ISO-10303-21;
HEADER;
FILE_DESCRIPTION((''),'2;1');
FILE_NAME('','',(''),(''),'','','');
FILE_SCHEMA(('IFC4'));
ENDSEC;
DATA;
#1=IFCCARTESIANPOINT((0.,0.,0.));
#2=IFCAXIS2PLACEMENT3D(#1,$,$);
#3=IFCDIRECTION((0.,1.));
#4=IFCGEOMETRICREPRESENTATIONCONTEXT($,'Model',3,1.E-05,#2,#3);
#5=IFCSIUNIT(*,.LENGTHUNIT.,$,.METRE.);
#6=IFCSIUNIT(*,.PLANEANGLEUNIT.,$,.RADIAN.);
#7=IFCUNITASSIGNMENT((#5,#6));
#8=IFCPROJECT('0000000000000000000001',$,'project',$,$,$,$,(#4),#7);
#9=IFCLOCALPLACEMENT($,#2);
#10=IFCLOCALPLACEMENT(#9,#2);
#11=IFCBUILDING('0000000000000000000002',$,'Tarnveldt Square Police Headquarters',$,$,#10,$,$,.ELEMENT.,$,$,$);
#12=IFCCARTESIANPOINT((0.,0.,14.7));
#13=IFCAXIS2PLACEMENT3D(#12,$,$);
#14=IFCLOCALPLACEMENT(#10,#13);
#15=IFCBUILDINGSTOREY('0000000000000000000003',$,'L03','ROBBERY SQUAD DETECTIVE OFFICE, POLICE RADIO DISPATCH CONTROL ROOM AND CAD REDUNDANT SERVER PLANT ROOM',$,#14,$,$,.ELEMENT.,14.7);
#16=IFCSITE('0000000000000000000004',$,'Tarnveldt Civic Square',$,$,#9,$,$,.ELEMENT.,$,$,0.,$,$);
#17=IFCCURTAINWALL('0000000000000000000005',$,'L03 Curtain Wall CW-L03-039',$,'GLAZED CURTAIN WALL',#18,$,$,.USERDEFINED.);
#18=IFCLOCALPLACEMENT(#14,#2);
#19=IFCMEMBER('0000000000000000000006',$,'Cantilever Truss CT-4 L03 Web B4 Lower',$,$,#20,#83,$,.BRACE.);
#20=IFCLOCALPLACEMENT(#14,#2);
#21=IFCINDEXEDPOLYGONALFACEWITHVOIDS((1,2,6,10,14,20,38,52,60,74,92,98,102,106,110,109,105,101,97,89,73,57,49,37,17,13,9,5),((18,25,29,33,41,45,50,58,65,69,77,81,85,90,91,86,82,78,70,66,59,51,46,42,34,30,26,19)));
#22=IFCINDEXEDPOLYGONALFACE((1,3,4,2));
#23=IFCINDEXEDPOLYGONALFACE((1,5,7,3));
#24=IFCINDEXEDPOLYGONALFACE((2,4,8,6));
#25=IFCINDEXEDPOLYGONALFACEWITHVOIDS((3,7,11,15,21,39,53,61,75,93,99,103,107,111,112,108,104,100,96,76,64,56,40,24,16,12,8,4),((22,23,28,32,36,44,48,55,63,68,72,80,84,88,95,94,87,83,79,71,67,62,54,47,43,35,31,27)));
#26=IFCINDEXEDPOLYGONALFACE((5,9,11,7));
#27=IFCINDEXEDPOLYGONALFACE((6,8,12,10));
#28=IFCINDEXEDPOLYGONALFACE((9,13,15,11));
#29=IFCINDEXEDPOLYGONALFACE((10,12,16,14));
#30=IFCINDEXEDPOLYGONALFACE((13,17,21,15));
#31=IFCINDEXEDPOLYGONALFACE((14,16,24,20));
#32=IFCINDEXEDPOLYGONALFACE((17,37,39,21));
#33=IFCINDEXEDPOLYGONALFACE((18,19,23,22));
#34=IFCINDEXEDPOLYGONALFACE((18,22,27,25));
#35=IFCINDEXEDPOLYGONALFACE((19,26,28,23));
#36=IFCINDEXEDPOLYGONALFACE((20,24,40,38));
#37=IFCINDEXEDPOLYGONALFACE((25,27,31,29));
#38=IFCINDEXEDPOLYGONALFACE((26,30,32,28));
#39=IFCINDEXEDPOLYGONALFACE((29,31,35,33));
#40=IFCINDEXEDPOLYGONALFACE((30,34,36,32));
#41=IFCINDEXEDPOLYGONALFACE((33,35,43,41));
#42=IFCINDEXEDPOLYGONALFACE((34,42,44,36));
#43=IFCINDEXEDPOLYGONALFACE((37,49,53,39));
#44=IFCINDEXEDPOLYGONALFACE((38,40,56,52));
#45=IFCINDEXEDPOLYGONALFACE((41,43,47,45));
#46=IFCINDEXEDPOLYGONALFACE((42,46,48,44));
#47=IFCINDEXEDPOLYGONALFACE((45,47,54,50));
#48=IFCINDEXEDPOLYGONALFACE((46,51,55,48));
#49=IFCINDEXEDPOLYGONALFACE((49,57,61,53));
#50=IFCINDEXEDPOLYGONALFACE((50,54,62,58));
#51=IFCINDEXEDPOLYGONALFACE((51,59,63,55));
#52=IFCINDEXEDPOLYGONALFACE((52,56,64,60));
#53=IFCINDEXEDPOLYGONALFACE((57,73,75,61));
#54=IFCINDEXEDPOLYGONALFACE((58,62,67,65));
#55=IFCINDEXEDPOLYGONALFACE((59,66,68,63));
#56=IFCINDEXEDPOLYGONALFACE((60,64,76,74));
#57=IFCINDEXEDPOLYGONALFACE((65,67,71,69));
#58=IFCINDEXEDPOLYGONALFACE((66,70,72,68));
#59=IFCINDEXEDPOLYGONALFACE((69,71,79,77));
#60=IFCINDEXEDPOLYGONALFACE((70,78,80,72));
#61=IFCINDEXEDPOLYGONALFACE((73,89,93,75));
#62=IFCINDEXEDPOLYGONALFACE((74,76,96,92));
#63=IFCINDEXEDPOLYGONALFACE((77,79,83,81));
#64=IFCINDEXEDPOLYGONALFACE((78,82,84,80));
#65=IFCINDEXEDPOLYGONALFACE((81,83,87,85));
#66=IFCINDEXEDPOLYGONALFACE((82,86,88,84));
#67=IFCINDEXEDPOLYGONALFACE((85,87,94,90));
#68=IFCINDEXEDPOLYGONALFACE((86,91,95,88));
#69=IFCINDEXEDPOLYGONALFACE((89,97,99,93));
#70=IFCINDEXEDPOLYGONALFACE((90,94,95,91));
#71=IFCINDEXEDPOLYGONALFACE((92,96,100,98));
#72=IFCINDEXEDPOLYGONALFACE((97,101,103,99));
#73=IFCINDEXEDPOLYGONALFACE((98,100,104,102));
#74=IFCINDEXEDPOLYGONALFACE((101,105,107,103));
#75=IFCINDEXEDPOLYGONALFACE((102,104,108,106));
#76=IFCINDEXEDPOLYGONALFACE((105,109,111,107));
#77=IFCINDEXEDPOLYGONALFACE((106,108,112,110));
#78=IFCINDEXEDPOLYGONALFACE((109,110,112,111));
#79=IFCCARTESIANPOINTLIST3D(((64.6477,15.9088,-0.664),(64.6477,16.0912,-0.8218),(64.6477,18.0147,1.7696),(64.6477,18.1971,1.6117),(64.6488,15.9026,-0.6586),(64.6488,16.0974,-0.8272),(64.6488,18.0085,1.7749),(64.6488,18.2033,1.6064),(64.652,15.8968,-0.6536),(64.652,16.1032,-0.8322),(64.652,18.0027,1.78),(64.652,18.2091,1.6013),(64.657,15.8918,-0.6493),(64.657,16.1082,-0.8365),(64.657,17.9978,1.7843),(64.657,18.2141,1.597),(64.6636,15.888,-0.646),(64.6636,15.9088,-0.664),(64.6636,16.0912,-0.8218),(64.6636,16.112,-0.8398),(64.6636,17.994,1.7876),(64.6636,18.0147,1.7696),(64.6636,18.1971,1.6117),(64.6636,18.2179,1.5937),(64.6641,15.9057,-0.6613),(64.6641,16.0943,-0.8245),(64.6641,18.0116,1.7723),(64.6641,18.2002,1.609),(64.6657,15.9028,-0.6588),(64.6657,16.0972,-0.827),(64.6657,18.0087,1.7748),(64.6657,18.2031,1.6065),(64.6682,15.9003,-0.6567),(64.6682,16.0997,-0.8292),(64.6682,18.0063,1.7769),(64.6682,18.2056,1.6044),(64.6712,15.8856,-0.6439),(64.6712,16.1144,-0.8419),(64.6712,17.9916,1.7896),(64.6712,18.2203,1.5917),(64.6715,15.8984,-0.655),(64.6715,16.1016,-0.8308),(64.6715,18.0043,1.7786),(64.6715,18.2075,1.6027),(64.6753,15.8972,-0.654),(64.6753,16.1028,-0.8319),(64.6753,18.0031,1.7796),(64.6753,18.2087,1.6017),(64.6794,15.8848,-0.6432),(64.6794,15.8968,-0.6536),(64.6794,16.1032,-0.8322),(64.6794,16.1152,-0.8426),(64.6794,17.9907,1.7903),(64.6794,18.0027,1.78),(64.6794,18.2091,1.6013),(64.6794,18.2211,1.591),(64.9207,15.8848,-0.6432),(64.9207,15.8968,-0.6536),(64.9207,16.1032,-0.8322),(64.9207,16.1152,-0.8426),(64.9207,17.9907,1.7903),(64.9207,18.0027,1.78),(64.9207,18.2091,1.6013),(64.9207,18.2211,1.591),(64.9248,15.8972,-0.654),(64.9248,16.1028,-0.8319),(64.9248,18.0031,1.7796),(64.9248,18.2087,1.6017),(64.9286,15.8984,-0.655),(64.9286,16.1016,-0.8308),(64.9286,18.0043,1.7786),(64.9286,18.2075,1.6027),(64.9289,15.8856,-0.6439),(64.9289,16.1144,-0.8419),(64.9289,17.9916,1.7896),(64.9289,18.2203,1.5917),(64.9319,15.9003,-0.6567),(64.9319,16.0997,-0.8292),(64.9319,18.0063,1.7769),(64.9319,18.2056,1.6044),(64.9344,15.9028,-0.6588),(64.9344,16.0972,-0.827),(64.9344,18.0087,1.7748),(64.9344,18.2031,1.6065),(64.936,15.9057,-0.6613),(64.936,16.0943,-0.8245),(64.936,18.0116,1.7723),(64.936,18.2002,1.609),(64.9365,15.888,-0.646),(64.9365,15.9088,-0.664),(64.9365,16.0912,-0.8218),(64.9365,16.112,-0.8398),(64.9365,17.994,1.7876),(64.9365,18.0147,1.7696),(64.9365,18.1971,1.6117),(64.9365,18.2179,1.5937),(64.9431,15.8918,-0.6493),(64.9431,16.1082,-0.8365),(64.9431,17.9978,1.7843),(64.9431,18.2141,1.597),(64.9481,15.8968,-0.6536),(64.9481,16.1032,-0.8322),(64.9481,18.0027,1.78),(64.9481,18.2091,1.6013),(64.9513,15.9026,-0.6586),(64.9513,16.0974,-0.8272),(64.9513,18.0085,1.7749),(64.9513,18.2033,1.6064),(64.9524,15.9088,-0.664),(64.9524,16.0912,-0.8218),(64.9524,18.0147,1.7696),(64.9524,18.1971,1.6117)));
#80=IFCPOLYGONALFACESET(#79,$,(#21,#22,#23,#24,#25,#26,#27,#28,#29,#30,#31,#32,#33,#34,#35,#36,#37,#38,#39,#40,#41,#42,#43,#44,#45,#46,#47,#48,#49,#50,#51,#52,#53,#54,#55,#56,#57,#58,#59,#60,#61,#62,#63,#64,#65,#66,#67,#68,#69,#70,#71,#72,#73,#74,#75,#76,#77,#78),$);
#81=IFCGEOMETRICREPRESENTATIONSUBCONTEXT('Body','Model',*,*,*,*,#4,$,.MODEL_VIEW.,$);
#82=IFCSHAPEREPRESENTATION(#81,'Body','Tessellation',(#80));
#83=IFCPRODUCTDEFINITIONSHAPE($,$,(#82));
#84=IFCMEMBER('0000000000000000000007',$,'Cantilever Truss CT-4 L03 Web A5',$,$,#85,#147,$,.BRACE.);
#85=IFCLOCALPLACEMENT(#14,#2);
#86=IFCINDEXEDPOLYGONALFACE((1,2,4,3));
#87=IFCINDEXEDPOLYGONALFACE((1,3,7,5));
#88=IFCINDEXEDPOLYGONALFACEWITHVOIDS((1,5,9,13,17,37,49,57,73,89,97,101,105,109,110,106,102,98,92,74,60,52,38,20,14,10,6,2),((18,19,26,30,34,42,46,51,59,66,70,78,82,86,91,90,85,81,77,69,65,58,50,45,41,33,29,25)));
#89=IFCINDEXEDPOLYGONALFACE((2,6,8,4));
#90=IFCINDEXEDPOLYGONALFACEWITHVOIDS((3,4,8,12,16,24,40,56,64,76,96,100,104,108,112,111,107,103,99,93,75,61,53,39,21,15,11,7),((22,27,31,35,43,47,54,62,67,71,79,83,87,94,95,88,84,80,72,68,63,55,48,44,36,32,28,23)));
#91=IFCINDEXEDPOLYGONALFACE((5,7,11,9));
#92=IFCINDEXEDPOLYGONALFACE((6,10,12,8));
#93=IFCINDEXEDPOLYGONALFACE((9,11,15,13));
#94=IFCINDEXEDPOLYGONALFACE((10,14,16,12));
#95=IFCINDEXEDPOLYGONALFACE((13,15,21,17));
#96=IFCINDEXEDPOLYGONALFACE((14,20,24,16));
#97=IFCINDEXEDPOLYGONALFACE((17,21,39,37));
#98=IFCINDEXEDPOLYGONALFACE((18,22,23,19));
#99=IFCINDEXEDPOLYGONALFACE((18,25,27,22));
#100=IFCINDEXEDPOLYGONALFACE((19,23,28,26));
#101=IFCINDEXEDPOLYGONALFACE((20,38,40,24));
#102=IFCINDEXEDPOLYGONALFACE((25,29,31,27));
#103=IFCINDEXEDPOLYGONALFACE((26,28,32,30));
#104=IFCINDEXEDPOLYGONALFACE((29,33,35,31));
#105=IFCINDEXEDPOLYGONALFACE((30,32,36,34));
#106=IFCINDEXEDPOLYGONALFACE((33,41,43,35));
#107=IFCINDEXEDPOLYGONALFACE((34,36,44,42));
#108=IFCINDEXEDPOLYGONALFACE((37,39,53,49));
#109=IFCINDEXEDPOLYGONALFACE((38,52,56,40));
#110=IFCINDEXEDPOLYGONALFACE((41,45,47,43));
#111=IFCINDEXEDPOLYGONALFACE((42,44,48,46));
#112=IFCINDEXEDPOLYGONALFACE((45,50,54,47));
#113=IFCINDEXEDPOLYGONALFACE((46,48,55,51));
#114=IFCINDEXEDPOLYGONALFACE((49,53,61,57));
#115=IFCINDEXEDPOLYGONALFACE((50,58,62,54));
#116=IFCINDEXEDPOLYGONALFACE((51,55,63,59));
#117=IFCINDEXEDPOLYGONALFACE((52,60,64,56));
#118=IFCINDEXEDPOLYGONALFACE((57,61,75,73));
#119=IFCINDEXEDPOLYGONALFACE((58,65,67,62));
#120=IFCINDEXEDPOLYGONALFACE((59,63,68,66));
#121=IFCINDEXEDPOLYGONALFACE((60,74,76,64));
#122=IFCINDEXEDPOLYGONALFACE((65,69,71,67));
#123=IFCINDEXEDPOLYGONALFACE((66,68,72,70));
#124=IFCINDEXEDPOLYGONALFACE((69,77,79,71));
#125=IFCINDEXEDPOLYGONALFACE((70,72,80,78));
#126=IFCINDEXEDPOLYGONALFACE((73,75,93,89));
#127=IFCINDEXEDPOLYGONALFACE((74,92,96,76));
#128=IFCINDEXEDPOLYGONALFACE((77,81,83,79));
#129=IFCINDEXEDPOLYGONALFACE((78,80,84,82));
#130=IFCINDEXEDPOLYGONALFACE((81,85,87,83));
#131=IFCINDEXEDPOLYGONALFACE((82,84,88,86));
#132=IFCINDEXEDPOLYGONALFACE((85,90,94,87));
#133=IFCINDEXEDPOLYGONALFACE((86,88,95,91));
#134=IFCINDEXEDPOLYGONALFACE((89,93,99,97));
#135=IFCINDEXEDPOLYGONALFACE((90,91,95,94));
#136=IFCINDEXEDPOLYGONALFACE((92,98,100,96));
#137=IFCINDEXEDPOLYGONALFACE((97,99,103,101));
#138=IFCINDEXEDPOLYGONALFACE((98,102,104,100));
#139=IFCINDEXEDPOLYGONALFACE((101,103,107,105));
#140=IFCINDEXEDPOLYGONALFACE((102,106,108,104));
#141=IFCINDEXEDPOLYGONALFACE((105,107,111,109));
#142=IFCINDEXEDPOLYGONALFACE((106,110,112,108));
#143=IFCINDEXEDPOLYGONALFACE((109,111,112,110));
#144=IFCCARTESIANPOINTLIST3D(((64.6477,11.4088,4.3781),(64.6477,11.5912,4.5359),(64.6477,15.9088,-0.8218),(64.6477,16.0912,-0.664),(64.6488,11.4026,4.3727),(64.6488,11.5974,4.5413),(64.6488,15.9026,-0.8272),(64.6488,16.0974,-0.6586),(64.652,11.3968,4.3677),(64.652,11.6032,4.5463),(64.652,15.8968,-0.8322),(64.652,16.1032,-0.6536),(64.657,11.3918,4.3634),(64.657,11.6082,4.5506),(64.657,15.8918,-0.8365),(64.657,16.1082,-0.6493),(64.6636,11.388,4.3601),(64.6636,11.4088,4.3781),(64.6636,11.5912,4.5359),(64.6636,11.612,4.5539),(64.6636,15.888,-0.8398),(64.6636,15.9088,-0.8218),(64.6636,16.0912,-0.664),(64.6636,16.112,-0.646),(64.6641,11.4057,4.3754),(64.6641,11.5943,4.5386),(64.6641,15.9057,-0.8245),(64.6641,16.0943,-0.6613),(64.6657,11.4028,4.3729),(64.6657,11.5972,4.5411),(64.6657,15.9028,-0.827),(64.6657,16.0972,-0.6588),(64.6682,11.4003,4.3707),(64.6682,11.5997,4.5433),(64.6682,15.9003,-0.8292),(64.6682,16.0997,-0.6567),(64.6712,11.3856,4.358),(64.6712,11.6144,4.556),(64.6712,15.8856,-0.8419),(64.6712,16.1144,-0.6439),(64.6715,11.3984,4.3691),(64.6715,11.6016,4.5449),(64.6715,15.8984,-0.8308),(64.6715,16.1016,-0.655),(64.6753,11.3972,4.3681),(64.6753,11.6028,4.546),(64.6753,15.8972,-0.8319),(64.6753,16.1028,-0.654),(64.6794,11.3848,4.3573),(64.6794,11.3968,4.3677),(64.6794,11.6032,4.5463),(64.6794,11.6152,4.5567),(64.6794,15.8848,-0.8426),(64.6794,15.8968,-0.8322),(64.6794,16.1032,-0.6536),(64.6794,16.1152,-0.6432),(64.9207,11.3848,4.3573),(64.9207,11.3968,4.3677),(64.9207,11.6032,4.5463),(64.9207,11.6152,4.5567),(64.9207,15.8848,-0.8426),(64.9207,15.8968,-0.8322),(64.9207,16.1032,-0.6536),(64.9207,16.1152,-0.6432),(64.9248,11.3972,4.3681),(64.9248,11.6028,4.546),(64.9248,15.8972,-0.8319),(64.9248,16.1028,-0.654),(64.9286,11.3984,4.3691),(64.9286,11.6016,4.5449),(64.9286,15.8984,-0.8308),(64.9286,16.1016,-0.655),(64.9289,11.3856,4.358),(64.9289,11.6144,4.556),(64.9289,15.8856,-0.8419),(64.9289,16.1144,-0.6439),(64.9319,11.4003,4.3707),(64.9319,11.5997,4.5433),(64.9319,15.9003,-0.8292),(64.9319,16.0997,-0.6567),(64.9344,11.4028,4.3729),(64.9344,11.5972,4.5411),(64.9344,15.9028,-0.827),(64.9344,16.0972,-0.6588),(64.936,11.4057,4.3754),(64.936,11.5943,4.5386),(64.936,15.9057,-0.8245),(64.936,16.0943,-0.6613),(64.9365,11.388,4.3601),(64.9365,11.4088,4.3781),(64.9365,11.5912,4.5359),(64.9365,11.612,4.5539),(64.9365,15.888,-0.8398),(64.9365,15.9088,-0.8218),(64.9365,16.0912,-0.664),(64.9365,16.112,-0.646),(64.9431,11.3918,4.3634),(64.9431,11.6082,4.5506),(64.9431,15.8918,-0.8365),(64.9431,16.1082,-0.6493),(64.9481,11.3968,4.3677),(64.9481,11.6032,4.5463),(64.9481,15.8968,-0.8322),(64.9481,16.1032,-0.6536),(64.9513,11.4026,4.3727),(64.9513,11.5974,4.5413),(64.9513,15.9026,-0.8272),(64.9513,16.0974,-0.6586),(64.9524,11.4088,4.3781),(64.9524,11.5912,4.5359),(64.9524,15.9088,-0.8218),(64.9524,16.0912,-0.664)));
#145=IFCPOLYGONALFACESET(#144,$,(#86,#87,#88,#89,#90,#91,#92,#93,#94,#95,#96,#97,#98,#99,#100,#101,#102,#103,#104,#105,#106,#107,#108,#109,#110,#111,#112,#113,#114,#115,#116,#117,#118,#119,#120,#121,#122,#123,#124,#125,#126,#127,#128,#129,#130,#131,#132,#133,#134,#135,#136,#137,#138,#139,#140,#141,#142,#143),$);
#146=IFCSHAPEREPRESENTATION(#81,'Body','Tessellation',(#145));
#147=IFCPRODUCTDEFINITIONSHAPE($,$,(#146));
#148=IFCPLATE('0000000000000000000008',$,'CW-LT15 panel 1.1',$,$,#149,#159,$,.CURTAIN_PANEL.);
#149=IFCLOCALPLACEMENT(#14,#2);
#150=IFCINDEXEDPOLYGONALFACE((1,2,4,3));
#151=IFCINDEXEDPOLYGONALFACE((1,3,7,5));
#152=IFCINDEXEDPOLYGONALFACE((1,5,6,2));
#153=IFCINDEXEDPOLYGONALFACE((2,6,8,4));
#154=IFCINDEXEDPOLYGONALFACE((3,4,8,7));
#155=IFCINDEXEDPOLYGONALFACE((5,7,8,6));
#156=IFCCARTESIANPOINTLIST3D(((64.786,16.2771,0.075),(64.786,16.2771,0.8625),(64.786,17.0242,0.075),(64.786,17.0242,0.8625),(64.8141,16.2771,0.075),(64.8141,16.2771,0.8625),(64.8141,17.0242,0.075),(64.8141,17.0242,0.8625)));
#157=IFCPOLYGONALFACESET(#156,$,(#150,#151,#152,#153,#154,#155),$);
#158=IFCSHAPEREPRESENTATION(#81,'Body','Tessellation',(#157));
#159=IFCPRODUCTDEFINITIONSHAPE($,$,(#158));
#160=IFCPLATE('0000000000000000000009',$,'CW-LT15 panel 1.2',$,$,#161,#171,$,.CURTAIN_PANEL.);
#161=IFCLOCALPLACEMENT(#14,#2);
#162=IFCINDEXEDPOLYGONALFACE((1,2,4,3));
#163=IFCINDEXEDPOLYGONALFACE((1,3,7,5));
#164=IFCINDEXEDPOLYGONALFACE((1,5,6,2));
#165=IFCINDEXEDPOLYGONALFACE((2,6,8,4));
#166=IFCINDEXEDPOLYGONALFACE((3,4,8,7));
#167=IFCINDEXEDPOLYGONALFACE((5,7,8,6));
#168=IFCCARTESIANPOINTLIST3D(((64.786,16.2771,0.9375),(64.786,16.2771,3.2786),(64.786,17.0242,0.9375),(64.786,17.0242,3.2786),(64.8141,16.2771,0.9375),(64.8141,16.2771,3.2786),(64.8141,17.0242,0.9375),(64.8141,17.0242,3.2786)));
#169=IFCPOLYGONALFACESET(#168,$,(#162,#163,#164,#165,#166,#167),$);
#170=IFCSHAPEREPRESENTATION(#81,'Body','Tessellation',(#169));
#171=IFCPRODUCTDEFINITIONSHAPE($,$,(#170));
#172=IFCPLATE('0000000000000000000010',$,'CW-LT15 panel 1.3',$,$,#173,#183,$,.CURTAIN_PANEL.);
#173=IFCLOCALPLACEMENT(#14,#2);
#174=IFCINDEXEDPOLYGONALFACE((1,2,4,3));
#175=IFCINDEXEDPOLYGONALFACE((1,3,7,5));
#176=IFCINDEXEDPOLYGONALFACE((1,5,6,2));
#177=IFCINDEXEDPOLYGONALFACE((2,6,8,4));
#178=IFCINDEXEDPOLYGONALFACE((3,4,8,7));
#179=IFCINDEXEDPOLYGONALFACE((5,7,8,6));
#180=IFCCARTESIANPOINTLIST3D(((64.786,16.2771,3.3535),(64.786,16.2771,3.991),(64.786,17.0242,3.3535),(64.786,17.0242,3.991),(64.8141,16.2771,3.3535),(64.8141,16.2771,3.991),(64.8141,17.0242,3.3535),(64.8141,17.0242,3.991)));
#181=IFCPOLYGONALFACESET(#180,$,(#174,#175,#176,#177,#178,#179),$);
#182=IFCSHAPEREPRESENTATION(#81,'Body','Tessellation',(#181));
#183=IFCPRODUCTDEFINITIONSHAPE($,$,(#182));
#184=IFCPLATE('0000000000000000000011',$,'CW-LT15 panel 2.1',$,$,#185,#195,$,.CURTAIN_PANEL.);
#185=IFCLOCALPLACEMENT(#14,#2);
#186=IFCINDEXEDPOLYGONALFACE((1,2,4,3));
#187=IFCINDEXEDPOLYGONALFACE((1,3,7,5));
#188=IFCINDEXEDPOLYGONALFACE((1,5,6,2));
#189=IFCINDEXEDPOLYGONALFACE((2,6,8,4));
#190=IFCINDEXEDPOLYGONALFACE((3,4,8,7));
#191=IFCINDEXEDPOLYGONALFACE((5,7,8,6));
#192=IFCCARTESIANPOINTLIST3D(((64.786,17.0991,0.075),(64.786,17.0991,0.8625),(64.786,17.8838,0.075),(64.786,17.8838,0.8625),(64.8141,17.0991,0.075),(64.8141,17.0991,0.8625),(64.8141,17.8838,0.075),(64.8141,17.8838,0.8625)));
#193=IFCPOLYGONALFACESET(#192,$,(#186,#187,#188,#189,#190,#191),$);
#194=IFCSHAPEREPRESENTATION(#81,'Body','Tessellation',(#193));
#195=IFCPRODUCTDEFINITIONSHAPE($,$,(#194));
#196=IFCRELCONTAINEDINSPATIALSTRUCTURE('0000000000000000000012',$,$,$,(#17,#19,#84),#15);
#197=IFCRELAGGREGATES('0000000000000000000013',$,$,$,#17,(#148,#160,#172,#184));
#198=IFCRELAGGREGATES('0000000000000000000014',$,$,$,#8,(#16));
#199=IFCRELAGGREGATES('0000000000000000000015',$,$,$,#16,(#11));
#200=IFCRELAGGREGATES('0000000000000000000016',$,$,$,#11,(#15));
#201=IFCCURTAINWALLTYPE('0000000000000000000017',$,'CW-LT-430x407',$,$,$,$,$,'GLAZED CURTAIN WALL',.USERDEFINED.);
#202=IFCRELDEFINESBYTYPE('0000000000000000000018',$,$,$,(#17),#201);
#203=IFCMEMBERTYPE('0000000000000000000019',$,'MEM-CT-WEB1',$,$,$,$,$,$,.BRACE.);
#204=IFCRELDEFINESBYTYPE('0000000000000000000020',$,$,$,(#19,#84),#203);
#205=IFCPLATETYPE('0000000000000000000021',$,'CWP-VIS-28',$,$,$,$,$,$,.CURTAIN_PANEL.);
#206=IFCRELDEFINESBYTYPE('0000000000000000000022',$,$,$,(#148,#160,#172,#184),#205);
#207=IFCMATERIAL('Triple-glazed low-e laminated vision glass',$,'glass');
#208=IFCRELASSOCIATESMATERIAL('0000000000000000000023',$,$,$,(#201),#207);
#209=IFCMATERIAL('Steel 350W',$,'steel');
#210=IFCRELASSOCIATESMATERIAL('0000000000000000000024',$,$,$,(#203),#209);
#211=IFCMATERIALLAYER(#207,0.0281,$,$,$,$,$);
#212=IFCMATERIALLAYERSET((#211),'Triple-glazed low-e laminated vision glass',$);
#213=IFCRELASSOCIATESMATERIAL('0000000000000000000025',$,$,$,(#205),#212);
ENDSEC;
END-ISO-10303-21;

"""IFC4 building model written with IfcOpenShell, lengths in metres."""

from ifc_helpers import new_model, si_unit, direction, frame, origin, origin_2d, place, context, subcontext, project, spatial, rectangle, hollow_rectangle, extrude, material, layer, layer_set, material_profile, profile_set, type_object, element, aggregate, save


model = new_model("IFC4")

# Units and contexts
model_context = context("Model", 3, precision=1e-05, world=origin(), true_north=direction((0.0, 1.0)))
body_context = subcontext(model_context, "Body", "Model", "MODEL_VIEW")
ifc_project = project(units=[si_unit("LENGTHUNIT", "METRE"), si_unit("PLANEANGLEUNIT", "RADIAN")], contexts=[model_context])

# Site, building, storey
site_placement = place(None, origin())
site = spatial("IfcSite", under=ifc_project, at=site_placement, Name="Tarnveldt Civic Square", CompositionType="ELEMENT", RefElevation=0.0)
building_placement = place(site_placement, origin())
building = spatial("IfcBuilding", under=site, at=building_placement, Name="Tarnveldt Square Police Headquarters", CompositionType="ELEMENT")
storey_placement = place(building_placement, frame((0.0, 0.0, 14.7)))
storey = spatial("IfcBuildingStorey", under=building, at=storey_placement, Name="L03", Description="ROBBERY SQUAD DETECTIVE OFFICE, POLICE RADIO DISPATCH CONTROL ROOM AND CAD REDUNDANT SERVER PLANT ROOM", CompositionType="ELEMENT", Elevation=14.7)

# Shared definitions
ifc_material_1 = material(Name="Steel 350W", Category="steel")

# Shared definitions
ifc_material_2 = material(Name="Triple-glazed low-e laminated vision glass", Category="glass")
curtain_wall_type = type_object("IfcCurtainWallType", Name="CW-LT-430x407", ElementType="GLAZED CURTAIN WALL", PredefinedType="USERDEFINED", material=ifc_material_2)

# Curtain wall
curtain_wall_1_placement = place(storey_placement, origin())
curtain_wall_1 = element("IfcCurtainWall", 1, at=curtain_wall_1_placement, inside=storey, type_object=curtain_wall_type, Name="L03 Curtain Wall CW-L03-039", ObjectType="GLAZED CURTAIN WALL", PredefinedType="USERDEFINED")

# Members
ifc_material_profile_1 = material_profile(ifc_material_1, hollow_rectangle(XDim=0.3047, YDim=0.3047, WallThickness=0.0159, InnerFilletRadius=0.0159, OuterFilletRadius=0.0317, at=origin_2d()), Name="HSS305x305x16")
ifc_profile_set_1 = profile_set([ifc_material_profile_1], Name="Steel 350W")
member_type_1 = type_object("IfcMemberType", Name="MEM-CT-WEB1", PredefinedType="BRACE", material=ifc_profile_set_1)
member_1_placement = place(storey_placement, frame((64.8, 16.0, -0.7429), z_axis=(0.0, 0.65437, 0.756174), x_axis=(-1.0, 0.0, 0.0)))
element("IfcMember", 2, at=member_1_placement, inside=storey, type_object=member_type_1, Name="Cantilever Truss CT-4 L03 Web B4 Lower", PredefinedType="BRACE", context=body_context, shape_type="SweptSolid", body=[
    extrude(hollow_rectangle(XDim=0.3047, YDim=0.3047, WallThickness=0.0159, InnerFilletRadius=0.0159, OuterFilletRadius=0.0317, at=origin_2d()), origin(), (0.0, 0.0, 1.0), 3.2183),
])
member_2_placement = place(storey_placement, frame((64.8, 16.0, -0.7429), z_axis=(0.0, -0.65438, 0.756166), x_axis=(1.0, 0.0, 0.0)))
element("IfcMember", 3, at=member_2_placement, inside=storey, type_object=member_type_1, Name="Cantilever Truss CT-4 L03 Web A5", PredefinedType="BRACE", context=body_context, shape_type="SweptSolid", body=[
    extrude(hollow_rectangle(XDim=0.3047, YDim=0.3047, WallThickness=0.0159, InnerFilletRadius=0.0159, OuterFilletRadius=0.0317, at=origin_2d()), origin(), (0.0, 0.0, 1.0), 6.8767),
])

# Plates
ifc_layer_1 = layer(ifc_material_2, 0.0281)
ifc_layer_set_1 = layer_set([ifc_layer_1], Name="Triple-glazed low-e laminated vision glass")
plate_type_1 = type_object("IfcPlateType", Name="CWP-VIS-28", PredefinedType="CURTAIN_PANEL", material=ifc_layer_set_1)
plate_1_placement = place(storey_placement, frame((64.8, 16.6506, 0.075), z_axis=(0.0, 0.0, 1.0), x_axis=(0.0, 1.0, 0.0)))
plate_1 = element("IfcPlate", 4, at=plate_1_placement, type_object=plate_type_1, Name="CW-LT15 panel 1.1", PredefinedType="CURTAIN_PANEL", context=body_context, shape_type="SweptSolid", body=[
    extrude(rectangle(XDim=0.7471, YDim=0.0281, at=origin_2d()), origin(), (0.0, 0.0, 1.0), 0.7876),
])
plate_2_placement = place(storey_placement, frame((64.8, 16.6506, 0.9375), z_axis=(0.0, 0.0, 1.0), x_axis=(0.0, 1.0, 0.0)))
plate_2 = element("IfcPlate", 5, at=plate_2_placement, type_object=plate_type_1, Name="CW-LT15 panel 1.2", PredefinedType="CURTAIN_PANEL", context=body_context, shape_type="SweptSolid", body=[
    extrude(rectangle(XDim=0.7471, YDim=0.0281, at=origin_2d()), origin(), (0.0, 0.0, 1.0), 2.3411),
])
plate_3_placement = place(storey_placement, frame((64.8, 16.6506, 3.3535), z_axis=(0.0, 0.0, 1.0), x_axis=(0.0, 1.0, 0.0)))
plate_3 = element("IfcPlate", 6, at=plate_3_placement, type_object=plate_type_1, Name="CW-LT15 panel 1.3", PredefinedType="CURTAIN_PANEL", context=body_context, shape_type="SweptSolid", body=[
    extrude(rectangle(XDim=0.7471, YDim=0.0281, at=origin_2d()), origin(), (0.0, 0.0, 1.0), 0.6375),
])
plate_4_placement = place(storey_placement, frame((64.8, 17.4915, 0.075), z_axis=(0.0, 0.0, 1.0), x_axis=(0.0, 1.0, 0.0)))
plate_4 = element("IfcPlate", 7, at=plate_4_placement, type_object=plate_type_1, Name="CW-LT15 panel 2.1", PredefinedType="CURTAIN_PANEL", context=body_context, shape_type="SweptSolid", body=[
    extrude(rectangle(XDim=0.7847, YDim=0.0281, at=origin_2d()), origin(), (0.0, 0.0, 1.0), 0.7876),
])
aggregate(curtain_wall_1, [plate_1, plate_2, plate_3, plate_4])

save(model, "model.ifc")
